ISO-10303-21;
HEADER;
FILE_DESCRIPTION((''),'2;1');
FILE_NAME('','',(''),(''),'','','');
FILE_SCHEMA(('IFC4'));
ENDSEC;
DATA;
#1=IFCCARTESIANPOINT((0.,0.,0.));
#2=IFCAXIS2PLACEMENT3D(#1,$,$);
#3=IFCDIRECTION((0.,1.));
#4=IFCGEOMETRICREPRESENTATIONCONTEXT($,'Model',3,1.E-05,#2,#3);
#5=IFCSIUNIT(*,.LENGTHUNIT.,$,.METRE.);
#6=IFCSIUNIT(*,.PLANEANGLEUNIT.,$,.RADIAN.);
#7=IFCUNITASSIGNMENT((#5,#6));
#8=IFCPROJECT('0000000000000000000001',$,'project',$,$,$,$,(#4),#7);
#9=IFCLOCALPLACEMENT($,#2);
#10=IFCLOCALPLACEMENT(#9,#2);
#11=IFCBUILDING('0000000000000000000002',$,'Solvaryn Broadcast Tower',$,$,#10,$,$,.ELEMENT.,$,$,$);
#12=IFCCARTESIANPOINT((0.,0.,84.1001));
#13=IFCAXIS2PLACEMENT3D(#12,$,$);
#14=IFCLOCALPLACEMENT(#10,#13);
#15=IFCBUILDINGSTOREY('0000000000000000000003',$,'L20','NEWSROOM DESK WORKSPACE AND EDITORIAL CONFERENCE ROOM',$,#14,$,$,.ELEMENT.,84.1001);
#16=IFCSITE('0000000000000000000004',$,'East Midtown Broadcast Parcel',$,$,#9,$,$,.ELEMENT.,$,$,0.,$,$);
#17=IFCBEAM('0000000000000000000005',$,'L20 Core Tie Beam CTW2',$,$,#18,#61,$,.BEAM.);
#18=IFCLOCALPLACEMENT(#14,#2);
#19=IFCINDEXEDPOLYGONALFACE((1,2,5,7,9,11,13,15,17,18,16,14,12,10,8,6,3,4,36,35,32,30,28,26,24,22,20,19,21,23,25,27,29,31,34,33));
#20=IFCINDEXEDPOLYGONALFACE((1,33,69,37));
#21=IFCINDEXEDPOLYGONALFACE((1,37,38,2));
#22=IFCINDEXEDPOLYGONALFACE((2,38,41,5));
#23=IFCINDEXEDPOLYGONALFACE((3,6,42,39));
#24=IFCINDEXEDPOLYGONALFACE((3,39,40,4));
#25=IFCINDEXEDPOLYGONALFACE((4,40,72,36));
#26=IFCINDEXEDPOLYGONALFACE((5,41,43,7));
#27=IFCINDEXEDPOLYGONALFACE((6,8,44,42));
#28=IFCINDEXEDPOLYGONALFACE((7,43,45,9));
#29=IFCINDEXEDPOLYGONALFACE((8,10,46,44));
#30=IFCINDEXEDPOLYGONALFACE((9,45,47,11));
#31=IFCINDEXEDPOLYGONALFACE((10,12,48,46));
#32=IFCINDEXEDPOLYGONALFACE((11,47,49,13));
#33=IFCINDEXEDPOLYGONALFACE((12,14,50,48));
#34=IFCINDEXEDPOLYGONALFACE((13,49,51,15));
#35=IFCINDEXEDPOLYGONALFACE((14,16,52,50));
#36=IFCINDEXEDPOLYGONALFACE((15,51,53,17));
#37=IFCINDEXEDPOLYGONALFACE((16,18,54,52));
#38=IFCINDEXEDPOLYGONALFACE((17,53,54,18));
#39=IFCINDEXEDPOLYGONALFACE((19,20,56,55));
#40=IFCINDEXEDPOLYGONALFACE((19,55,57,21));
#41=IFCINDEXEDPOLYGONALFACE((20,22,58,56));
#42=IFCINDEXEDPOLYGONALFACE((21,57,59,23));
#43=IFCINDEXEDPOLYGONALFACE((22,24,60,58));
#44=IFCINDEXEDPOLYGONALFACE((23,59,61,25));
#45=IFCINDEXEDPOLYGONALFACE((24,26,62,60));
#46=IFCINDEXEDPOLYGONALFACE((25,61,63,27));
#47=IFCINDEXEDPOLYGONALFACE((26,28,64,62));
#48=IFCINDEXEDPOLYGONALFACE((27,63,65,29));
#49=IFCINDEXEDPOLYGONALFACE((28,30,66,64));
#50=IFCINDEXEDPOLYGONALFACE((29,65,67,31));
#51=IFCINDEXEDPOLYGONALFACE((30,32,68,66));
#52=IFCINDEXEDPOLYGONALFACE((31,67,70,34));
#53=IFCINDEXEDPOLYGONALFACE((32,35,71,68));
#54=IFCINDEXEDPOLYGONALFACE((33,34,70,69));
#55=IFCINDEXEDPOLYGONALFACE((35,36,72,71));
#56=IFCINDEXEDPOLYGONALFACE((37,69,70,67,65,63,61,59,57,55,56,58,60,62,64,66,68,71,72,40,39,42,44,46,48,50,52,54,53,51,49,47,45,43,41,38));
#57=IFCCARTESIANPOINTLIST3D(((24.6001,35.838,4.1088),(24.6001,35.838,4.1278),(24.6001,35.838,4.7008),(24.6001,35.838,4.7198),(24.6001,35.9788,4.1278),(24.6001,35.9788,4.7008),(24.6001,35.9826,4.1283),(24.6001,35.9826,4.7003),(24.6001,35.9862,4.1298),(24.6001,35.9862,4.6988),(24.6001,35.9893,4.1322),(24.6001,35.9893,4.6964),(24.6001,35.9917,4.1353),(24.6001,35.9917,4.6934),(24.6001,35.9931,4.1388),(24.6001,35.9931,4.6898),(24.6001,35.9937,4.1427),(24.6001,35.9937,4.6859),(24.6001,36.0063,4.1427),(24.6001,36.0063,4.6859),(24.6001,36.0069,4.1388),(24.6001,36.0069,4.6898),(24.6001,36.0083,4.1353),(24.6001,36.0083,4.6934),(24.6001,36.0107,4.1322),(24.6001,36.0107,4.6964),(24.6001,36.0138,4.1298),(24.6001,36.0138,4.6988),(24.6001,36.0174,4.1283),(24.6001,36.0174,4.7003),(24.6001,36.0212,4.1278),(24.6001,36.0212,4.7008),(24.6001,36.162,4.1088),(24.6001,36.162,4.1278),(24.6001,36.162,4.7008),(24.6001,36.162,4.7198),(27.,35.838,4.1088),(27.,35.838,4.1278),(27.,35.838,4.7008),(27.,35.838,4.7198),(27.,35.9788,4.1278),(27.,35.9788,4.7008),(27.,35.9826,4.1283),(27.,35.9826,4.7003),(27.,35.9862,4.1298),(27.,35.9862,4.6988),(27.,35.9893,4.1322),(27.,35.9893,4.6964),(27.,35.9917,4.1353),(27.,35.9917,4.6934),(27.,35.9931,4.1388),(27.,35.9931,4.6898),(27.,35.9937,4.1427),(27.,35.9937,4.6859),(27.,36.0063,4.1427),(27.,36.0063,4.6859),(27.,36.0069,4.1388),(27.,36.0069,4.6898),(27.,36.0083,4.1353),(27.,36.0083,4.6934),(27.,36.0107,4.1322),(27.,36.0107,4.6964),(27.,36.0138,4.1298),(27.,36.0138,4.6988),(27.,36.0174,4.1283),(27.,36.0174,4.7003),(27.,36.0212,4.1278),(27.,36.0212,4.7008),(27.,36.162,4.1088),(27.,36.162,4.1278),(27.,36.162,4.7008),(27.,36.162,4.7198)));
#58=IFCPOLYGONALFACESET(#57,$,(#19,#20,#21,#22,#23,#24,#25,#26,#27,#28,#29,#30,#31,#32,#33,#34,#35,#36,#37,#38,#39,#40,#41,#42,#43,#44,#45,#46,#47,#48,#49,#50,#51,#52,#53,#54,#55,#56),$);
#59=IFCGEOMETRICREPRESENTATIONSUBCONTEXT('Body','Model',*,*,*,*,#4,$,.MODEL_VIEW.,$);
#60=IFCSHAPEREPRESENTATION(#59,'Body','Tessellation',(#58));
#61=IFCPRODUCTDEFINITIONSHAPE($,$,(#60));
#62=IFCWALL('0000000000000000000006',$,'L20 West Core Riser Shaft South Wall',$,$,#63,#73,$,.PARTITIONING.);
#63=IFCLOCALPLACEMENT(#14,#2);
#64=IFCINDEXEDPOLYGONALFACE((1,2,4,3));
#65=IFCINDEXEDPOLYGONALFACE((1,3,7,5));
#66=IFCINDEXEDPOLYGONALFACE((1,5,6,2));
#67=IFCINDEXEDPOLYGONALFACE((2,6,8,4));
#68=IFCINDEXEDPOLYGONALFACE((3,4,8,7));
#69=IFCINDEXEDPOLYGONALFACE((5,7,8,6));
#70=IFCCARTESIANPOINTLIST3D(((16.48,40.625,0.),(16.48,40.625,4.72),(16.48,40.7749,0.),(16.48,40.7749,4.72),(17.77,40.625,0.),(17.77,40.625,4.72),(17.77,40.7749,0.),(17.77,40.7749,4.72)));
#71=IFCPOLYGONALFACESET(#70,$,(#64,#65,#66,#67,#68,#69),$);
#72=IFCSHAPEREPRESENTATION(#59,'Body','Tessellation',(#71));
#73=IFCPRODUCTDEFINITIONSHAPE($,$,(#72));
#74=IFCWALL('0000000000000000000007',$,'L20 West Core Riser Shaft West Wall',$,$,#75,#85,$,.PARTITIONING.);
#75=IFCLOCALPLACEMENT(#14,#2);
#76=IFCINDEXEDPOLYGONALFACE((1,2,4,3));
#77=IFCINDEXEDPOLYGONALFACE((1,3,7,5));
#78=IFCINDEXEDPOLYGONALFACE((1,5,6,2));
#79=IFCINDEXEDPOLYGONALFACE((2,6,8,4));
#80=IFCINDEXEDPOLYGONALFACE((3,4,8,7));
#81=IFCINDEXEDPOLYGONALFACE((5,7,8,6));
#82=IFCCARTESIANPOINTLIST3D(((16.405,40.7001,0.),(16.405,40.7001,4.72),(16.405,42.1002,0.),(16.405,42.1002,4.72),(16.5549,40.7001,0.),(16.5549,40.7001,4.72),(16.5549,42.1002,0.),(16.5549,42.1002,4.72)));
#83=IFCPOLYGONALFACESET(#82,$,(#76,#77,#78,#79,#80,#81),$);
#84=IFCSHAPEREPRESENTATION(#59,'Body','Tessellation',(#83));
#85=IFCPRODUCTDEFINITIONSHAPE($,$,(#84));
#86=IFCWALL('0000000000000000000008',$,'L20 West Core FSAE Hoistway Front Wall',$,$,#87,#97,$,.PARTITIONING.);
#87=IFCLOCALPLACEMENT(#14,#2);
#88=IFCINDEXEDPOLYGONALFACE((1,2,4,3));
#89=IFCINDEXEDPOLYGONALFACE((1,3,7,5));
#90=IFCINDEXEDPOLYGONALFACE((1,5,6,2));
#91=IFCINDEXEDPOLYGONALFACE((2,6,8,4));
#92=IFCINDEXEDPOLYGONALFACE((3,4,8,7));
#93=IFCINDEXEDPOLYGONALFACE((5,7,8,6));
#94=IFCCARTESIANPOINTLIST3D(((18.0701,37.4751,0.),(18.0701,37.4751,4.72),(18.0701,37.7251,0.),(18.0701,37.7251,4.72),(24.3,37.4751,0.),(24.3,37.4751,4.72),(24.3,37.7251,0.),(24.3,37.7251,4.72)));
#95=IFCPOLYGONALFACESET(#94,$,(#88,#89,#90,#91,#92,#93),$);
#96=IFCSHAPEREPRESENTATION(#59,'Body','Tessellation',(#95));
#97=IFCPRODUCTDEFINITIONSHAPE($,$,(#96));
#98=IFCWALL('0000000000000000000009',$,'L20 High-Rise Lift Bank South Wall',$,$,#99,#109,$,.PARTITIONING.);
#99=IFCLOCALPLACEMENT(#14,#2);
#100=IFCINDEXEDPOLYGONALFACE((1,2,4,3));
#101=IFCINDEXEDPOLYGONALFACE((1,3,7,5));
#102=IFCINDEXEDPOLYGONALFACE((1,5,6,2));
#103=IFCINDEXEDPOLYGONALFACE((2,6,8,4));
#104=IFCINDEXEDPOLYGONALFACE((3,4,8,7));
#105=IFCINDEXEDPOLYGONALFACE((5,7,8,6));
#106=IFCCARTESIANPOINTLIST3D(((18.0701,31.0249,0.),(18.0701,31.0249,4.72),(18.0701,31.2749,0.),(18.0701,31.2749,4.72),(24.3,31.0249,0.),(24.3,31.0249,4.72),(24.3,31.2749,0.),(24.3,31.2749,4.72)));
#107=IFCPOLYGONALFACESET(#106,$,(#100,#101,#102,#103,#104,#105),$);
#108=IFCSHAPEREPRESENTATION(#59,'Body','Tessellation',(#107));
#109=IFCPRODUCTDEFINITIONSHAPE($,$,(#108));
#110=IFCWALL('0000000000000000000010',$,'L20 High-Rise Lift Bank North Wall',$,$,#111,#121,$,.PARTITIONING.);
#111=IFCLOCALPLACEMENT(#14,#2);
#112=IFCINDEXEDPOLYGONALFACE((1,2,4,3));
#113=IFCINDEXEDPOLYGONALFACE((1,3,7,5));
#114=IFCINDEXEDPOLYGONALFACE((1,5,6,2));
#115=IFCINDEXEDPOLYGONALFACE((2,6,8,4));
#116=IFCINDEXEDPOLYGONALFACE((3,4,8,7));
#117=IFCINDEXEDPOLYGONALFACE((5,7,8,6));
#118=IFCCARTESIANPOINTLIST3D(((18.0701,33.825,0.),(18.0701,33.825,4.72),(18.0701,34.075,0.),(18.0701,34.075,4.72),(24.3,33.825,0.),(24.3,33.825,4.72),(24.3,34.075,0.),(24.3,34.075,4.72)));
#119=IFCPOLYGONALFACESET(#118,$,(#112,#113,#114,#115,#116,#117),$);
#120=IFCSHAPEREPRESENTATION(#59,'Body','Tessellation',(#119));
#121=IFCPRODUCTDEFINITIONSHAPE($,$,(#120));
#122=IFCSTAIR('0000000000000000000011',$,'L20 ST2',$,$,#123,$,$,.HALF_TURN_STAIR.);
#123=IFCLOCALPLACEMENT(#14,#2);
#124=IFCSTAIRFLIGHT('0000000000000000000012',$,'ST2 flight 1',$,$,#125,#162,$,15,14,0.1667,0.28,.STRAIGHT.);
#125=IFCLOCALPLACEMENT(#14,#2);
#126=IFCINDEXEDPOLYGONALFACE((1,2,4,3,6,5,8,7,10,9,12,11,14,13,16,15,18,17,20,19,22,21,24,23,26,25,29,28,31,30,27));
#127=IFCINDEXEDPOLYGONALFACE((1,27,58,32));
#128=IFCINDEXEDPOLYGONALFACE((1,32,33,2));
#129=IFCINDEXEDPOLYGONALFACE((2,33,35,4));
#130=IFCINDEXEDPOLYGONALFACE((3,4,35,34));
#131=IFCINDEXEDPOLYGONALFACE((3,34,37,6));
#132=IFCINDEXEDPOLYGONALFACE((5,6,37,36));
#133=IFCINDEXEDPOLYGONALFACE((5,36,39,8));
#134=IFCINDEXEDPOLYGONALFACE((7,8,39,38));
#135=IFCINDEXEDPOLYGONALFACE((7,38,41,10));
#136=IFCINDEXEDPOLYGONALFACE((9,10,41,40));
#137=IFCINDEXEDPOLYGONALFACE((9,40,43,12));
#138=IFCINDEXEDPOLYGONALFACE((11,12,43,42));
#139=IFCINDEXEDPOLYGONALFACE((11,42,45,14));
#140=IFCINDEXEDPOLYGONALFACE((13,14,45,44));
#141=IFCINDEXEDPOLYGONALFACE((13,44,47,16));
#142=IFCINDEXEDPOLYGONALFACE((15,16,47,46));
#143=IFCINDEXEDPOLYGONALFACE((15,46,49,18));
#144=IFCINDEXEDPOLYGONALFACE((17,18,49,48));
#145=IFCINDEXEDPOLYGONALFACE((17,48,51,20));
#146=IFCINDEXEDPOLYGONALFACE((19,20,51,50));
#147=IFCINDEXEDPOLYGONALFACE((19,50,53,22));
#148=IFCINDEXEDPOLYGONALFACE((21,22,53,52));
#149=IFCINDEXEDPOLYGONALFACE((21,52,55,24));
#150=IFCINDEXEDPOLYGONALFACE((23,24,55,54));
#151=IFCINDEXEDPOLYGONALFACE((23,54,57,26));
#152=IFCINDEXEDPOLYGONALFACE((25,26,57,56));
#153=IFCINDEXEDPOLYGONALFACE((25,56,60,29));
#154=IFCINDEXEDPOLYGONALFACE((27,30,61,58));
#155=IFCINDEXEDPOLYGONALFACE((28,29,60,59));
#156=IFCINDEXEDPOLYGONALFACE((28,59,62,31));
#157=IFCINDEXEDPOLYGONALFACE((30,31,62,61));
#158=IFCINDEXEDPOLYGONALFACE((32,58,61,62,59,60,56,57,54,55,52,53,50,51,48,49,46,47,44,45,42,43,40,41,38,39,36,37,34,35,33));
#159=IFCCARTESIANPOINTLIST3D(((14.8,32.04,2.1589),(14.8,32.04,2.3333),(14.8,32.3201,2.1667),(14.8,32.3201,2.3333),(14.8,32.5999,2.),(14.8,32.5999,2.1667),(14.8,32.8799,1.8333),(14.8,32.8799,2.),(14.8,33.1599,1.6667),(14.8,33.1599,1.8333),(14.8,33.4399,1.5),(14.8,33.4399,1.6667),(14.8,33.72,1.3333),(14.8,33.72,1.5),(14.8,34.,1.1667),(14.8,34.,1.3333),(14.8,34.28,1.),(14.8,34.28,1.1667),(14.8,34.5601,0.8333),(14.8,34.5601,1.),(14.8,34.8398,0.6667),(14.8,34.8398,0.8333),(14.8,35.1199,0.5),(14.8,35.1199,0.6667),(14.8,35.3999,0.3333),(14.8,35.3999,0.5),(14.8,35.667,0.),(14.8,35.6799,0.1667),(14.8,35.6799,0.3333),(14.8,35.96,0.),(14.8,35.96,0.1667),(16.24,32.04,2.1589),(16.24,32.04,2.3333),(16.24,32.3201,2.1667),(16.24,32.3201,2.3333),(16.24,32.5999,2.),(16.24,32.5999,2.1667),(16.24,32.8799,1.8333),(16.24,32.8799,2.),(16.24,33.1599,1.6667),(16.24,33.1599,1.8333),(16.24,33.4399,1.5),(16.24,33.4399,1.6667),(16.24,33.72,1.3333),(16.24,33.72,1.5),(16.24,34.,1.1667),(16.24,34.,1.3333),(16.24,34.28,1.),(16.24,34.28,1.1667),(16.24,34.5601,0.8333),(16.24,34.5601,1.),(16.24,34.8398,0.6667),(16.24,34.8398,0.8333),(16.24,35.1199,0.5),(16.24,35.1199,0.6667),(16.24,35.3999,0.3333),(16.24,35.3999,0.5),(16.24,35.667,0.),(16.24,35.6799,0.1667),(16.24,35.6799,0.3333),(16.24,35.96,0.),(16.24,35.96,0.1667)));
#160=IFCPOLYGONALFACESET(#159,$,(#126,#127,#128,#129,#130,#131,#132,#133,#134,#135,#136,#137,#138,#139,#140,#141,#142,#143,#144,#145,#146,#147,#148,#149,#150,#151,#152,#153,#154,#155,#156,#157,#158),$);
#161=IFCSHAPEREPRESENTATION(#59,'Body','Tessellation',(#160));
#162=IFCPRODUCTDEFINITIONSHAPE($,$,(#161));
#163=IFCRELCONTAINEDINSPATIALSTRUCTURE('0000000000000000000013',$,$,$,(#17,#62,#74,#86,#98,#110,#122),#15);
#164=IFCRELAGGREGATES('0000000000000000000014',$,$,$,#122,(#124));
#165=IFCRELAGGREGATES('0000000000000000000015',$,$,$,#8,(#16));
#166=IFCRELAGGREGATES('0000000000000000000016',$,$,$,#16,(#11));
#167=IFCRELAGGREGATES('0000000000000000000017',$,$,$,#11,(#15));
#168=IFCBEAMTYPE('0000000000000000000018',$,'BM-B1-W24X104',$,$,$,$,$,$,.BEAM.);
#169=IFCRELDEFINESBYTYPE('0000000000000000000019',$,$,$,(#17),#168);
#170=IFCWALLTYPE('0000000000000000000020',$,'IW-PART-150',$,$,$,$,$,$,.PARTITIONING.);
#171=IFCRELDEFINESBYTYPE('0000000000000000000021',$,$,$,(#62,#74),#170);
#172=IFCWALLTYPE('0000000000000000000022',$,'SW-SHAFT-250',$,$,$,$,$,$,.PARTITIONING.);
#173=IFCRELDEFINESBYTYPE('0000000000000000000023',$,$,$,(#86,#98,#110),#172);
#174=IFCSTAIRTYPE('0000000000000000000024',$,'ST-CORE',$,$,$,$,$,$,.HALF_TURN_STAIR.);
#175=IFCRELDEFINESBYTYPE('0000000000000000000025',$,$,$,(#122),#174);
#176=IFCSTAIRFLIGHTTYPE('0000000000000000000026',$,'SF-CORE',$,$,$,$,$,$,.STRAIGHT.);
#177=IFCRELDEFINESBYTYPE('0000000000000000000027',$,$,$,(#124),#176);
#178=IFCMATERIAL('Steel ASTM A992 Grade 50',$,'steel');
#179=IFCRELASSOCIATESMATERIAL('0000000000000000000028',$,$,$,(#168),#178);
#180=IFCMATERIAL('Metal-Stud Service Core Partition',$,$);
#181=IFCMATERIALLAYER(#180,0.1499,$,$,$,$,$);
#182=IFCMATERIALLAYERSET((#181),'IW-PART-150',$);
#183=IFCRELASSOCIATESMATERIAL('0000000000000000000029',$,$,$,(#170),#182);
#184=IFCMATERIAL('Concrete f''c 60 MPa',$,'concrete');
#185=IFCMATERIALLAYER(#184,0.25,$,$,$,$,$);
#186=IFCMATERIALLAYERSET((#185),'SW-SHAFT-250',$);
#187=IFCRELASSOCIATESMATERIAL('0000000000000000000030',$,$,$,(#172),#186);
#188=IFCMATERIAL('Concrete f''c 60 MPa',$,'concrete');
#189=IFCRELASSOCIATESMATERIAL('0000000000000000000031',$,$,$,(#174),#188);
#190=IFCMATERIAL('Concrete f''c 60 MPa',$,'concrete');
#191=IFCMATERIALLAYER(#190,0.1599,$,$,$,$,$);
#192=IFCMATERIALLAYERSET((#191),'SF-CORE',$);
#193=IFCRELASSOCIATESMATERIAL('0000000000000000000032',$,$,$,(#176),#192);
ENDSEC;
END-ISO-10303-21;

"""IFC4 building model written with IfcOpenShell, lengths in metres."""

from ifc_helpers import new_model, si_unit, direction, frame, frame_2d, origin, origin_2d, place, context, subcontext, project, spatial, polyline, rectangle, i_section, outline, extrude, material, layer, layer_set, material_profile, profile_set, type_object, element, aggregate, save


model = new_model("IFC4")

# Units and contexts
model_context = context("Model", 3, precision=1e-05, world=origin(), true_north=direction((0.0, 1.0)))
body_context = subcontext(model_context, "Body", "Model", "MODEL_VIEW")
ifc_project = project(units=[si_unit("LENGTHUNIT", "METRE"), si_unit("PLANEANGLEUNIT", "RADIAN")], contexts=[model_context])

# Site, building, storey
site_placement = place(None, origin())
site = spatial("IfcSite", under=ifc_project, at=site_placement, Name="East Midtown Broadcast Parcel", CompositionType="ELEMENT", RefElevation=0.0)
building_placement = place(site_placement, origin())
building = spatial("IfcBuilding", under=site, at=building_placement, Name="Solvaryn Broadcast Tower", CompositionType="ELEMENT")
storey_placement = place(building_placement, frame((0.0, 0.0, 84.1001)))
storey = spatial("IfcBuildingStorey", under=building, at=storey_placement, Name="L20", Description="NEWSROOM DESK WORKSPACE AND EDITORIAL CONFERENCE ROOM", CompositionType="ELEMENT", Elevation=84.1001)

# Beam
ifc_material_1 = material(Name="Steel ASTM A992 Grade 50", Category="steel")
ifc_material_profile = material_profile(ifc_material_1, i_section(OverallWidth=0.324, OverallDepth=0.6111, WebThickness=0.0127, FlangeThickness=0.019, FilletRadius=0.0149, at=origin_2d()))
ifc_profile_set = profile_set([ifc_material_profile], Name="Steel ASTM A992 Grade 50")
beam_type = type_object("IfcBeamType", Name="BM-B1-W24X104", PredefinedType="BEAM", material=ifc_profile_set)
beam_placement = place(storey_placement, frame((24.6001, 36.0, 4.4143), z_axis=(1.0, 0.0, 0.0), x_axis=(0.0, 1.0, 0.0)))
element("IfcBeam", 1, at=beam_placement, inside=storey, type_object=beam_type, Name="L20 Core Tie Beam CTW2", PredefinedType="BEAM", context=body_context, shape_type="SweptSolid", body=[
    extrude(i_section(OverallWidth=0.324, OverallDepth=0.6111, WebThickness=0.0127, FlangeThickness=0.019, FilletRadius=0.0149, at=origin_2d()), origin(), (0.0, 0.0, 1.0), 2.3999),
])

# Walls
ifc_material_2 = material(Name="Metal-Stud Service Core Partition")
ifc_layer_1 = layer(ifc_material_2, 0.1499)
ifc_layer_set_1 = layer_set([ifc_layer_1], Name="IW-PART-150")
wall_type_1 = type_object("IfcWallType", Name="IW-PART-150", PredefinedType="PARTITIONING", material=ifc_layer_set_1)
wall_1_placement = place(storey_placement, frame((16.48, 40.7, 0.0), z_axis=(0.0, 0.0, 1.0), x_axis=(1.0, 0.0, 0.0)))
element("IfcWall", 2, at=wall_1_placement, inside=storey, type_object=wall_type_1, Name="L20 West Core Riser Shaft South Wall", PredefinedType="PARTITIONING", context=body_context, shape_type="SweptSolid", body=[
    extrude(rectangle(XDim=1.29, YDim=0.1499, at=frame_2d((0.645, 0.0))), origin(), (0.0, 0.0, 1.0), 4.72),
])
wall_2_placement = place(storey_placement, frame((16.48, 40.7, 0.0), z_axis=(0.0, 0.0, 1.0), x_axis=(0.0, 1.0, 0.0)))
element("IfcWall", 3, at=wall_2_placement, inside=storey, type_object=wall_type_1, Name="L20 West Core Riser Shaft West Wall", PredefinedType="PARTITIONING", context=body_context, shape_type="SweptSolid", body=[
    extrude(rectangle(XDim=1.4001, YDim=0.1499, at=frame_2d((0.7002, 0.0))), origin(), (0.0, 0.0, 1.0), 4.72),
])
ifc_material_3 = material(Name="Concrete f'c 60 MPa", Category="concrete")
ifc_layer_2 = layer(ifc_material_3, 0.25)
ifc_layer_set_2 = layer_set([ifc_layer_2], Name="SW-SHAFT-250")
wall_type_2 = type_object("IfcWallType", Name="SW-SHAFT-250", PredefinedType="PARTITIONING", material=ifc_layer_set_2)
for number, where, z_axis, x_axis, name in (
    (4, (18.0701, 37.6001, 0.0), (0.0, 0.0, 1.0), (1.0, 0.0, 0.0), "L20 West Core FSAE Hoistway Front Wall"),
    (5, (18.0701, 31.1499, 0.0), (0.0, 0.0, 1.0), (1.0, 0.0, 0.0), "L20 High-Rise Lift Bank South Wall"),
    (6, (24.3, 33.95, 0.0), (0.0, 0.0, 1.0), (-1.0, 0.0, 0.0), "L20 High-Rise Lift Bank North Wall"),
):
    element("IfcWall", number, at=place(storey_placement, frame(where, z_axis=z_axis, x_axis=x_axis)), inside=storey, type_object=wall_type_2, Name=name, PredefinedType="PARTITIONING", context=body_context, shape_type="SweptSolid", body=[
        extrude(rectangle(XDim=6.23, YDim=0.25, at=frame_2d((3.115, 0.0))), origin(), (0.0, 0.0, 1.0), 4.72),
    ])

# Stair, stair flight
ifc_material_4 = material(Name="Concrete f'c 60 MPa", Category="concrete")
stair_type = type_object("IfcStairType", Name="ST-CORE", PredefinedType="HALF_TURN_STAIR", material=ifc_material_4)
stair_placement = place(storey_placement, origin())
stair = element("IfcStair", 7, at=stair_placement, inside=storey, type_object=stair_type, Name="L20 ST2", PredefinedType="HALF_TURN_STAIR")
ifc_material_5 = material(Name="Concrete f'c 60 MPa", Category="concrete")
ifc_layer_3 = layer(ifc_material_5, 0.1599)
ifc_layer_set_3 = layer_set([ifc_layer_3], Name="SF-CORE")
stair_flight_type = type_object("IfcStairFlightType", Name="SF-CORE", PredefinedType="STRAIGHT", material=ifc_layer_set_3)
stair_flight_1_placement = place(storey_placement, frame((15.52, 35.96, 0.0), z_axis=(0.0, 0.0, 1.0), x_axis=(0.0, -1.0, 0.0)))
stair_flight_1 = element("IfcStairFlight", 8, at=stair_flight_1_placement, type_object=stair_flight_type, Name="ST2 flight 1", NumberOfRisers=15, NumberOfTreads=14, PredefinedType="STRAIGHT", RiserHeight=0.1667, TreadLength=0.28, context=body_context, shape_type="SweptSolid", body=[
    extrude(outline(polyline([(0.0, 0.0), (0.0, 0.1667), (0.28, 0.1667), (0.28, 0.3333), (0.5601, 0.3333), (0.5601, 0.5), (0.8401, 0.5), (0.8401, 0.6667), (1.1201, 0.6667), (1.1201, 0.8333), (1.3999, 0.8333), (1.3999, 1.0), (1.6799, 1.0), (1.6799, 1.1667), (1.96, 1.1667), (1.96, 1.3333), (2.24, 1.3333), (2.24, 1.5), (2.52, 1.5), (2.52, 1.6667), (2.8, 1.6667), (2.8, 1.8333), (3.0801, 1.8333), (3.0801, 2.0), (3.3601, 2.0), (3.3601, 2.1667), (3.6399, 2.1667), (3.6399, 2.3333), (3.9199, 2.3333), (3.9199, 2.5), (3.9199, 2.1589), (0.293, 0.0), (0.0, 0.0)])), frame((0.0, 0.72, 0.0), z_axis=(0.0, -1.0, 0.0), x_axis=(1.0, 0.0, 0.0)), (0.0, 0.0, 1.0), 1.4399),
])
aggregate(stair, [stair_flight_1])

save(model, "model.ifc")
